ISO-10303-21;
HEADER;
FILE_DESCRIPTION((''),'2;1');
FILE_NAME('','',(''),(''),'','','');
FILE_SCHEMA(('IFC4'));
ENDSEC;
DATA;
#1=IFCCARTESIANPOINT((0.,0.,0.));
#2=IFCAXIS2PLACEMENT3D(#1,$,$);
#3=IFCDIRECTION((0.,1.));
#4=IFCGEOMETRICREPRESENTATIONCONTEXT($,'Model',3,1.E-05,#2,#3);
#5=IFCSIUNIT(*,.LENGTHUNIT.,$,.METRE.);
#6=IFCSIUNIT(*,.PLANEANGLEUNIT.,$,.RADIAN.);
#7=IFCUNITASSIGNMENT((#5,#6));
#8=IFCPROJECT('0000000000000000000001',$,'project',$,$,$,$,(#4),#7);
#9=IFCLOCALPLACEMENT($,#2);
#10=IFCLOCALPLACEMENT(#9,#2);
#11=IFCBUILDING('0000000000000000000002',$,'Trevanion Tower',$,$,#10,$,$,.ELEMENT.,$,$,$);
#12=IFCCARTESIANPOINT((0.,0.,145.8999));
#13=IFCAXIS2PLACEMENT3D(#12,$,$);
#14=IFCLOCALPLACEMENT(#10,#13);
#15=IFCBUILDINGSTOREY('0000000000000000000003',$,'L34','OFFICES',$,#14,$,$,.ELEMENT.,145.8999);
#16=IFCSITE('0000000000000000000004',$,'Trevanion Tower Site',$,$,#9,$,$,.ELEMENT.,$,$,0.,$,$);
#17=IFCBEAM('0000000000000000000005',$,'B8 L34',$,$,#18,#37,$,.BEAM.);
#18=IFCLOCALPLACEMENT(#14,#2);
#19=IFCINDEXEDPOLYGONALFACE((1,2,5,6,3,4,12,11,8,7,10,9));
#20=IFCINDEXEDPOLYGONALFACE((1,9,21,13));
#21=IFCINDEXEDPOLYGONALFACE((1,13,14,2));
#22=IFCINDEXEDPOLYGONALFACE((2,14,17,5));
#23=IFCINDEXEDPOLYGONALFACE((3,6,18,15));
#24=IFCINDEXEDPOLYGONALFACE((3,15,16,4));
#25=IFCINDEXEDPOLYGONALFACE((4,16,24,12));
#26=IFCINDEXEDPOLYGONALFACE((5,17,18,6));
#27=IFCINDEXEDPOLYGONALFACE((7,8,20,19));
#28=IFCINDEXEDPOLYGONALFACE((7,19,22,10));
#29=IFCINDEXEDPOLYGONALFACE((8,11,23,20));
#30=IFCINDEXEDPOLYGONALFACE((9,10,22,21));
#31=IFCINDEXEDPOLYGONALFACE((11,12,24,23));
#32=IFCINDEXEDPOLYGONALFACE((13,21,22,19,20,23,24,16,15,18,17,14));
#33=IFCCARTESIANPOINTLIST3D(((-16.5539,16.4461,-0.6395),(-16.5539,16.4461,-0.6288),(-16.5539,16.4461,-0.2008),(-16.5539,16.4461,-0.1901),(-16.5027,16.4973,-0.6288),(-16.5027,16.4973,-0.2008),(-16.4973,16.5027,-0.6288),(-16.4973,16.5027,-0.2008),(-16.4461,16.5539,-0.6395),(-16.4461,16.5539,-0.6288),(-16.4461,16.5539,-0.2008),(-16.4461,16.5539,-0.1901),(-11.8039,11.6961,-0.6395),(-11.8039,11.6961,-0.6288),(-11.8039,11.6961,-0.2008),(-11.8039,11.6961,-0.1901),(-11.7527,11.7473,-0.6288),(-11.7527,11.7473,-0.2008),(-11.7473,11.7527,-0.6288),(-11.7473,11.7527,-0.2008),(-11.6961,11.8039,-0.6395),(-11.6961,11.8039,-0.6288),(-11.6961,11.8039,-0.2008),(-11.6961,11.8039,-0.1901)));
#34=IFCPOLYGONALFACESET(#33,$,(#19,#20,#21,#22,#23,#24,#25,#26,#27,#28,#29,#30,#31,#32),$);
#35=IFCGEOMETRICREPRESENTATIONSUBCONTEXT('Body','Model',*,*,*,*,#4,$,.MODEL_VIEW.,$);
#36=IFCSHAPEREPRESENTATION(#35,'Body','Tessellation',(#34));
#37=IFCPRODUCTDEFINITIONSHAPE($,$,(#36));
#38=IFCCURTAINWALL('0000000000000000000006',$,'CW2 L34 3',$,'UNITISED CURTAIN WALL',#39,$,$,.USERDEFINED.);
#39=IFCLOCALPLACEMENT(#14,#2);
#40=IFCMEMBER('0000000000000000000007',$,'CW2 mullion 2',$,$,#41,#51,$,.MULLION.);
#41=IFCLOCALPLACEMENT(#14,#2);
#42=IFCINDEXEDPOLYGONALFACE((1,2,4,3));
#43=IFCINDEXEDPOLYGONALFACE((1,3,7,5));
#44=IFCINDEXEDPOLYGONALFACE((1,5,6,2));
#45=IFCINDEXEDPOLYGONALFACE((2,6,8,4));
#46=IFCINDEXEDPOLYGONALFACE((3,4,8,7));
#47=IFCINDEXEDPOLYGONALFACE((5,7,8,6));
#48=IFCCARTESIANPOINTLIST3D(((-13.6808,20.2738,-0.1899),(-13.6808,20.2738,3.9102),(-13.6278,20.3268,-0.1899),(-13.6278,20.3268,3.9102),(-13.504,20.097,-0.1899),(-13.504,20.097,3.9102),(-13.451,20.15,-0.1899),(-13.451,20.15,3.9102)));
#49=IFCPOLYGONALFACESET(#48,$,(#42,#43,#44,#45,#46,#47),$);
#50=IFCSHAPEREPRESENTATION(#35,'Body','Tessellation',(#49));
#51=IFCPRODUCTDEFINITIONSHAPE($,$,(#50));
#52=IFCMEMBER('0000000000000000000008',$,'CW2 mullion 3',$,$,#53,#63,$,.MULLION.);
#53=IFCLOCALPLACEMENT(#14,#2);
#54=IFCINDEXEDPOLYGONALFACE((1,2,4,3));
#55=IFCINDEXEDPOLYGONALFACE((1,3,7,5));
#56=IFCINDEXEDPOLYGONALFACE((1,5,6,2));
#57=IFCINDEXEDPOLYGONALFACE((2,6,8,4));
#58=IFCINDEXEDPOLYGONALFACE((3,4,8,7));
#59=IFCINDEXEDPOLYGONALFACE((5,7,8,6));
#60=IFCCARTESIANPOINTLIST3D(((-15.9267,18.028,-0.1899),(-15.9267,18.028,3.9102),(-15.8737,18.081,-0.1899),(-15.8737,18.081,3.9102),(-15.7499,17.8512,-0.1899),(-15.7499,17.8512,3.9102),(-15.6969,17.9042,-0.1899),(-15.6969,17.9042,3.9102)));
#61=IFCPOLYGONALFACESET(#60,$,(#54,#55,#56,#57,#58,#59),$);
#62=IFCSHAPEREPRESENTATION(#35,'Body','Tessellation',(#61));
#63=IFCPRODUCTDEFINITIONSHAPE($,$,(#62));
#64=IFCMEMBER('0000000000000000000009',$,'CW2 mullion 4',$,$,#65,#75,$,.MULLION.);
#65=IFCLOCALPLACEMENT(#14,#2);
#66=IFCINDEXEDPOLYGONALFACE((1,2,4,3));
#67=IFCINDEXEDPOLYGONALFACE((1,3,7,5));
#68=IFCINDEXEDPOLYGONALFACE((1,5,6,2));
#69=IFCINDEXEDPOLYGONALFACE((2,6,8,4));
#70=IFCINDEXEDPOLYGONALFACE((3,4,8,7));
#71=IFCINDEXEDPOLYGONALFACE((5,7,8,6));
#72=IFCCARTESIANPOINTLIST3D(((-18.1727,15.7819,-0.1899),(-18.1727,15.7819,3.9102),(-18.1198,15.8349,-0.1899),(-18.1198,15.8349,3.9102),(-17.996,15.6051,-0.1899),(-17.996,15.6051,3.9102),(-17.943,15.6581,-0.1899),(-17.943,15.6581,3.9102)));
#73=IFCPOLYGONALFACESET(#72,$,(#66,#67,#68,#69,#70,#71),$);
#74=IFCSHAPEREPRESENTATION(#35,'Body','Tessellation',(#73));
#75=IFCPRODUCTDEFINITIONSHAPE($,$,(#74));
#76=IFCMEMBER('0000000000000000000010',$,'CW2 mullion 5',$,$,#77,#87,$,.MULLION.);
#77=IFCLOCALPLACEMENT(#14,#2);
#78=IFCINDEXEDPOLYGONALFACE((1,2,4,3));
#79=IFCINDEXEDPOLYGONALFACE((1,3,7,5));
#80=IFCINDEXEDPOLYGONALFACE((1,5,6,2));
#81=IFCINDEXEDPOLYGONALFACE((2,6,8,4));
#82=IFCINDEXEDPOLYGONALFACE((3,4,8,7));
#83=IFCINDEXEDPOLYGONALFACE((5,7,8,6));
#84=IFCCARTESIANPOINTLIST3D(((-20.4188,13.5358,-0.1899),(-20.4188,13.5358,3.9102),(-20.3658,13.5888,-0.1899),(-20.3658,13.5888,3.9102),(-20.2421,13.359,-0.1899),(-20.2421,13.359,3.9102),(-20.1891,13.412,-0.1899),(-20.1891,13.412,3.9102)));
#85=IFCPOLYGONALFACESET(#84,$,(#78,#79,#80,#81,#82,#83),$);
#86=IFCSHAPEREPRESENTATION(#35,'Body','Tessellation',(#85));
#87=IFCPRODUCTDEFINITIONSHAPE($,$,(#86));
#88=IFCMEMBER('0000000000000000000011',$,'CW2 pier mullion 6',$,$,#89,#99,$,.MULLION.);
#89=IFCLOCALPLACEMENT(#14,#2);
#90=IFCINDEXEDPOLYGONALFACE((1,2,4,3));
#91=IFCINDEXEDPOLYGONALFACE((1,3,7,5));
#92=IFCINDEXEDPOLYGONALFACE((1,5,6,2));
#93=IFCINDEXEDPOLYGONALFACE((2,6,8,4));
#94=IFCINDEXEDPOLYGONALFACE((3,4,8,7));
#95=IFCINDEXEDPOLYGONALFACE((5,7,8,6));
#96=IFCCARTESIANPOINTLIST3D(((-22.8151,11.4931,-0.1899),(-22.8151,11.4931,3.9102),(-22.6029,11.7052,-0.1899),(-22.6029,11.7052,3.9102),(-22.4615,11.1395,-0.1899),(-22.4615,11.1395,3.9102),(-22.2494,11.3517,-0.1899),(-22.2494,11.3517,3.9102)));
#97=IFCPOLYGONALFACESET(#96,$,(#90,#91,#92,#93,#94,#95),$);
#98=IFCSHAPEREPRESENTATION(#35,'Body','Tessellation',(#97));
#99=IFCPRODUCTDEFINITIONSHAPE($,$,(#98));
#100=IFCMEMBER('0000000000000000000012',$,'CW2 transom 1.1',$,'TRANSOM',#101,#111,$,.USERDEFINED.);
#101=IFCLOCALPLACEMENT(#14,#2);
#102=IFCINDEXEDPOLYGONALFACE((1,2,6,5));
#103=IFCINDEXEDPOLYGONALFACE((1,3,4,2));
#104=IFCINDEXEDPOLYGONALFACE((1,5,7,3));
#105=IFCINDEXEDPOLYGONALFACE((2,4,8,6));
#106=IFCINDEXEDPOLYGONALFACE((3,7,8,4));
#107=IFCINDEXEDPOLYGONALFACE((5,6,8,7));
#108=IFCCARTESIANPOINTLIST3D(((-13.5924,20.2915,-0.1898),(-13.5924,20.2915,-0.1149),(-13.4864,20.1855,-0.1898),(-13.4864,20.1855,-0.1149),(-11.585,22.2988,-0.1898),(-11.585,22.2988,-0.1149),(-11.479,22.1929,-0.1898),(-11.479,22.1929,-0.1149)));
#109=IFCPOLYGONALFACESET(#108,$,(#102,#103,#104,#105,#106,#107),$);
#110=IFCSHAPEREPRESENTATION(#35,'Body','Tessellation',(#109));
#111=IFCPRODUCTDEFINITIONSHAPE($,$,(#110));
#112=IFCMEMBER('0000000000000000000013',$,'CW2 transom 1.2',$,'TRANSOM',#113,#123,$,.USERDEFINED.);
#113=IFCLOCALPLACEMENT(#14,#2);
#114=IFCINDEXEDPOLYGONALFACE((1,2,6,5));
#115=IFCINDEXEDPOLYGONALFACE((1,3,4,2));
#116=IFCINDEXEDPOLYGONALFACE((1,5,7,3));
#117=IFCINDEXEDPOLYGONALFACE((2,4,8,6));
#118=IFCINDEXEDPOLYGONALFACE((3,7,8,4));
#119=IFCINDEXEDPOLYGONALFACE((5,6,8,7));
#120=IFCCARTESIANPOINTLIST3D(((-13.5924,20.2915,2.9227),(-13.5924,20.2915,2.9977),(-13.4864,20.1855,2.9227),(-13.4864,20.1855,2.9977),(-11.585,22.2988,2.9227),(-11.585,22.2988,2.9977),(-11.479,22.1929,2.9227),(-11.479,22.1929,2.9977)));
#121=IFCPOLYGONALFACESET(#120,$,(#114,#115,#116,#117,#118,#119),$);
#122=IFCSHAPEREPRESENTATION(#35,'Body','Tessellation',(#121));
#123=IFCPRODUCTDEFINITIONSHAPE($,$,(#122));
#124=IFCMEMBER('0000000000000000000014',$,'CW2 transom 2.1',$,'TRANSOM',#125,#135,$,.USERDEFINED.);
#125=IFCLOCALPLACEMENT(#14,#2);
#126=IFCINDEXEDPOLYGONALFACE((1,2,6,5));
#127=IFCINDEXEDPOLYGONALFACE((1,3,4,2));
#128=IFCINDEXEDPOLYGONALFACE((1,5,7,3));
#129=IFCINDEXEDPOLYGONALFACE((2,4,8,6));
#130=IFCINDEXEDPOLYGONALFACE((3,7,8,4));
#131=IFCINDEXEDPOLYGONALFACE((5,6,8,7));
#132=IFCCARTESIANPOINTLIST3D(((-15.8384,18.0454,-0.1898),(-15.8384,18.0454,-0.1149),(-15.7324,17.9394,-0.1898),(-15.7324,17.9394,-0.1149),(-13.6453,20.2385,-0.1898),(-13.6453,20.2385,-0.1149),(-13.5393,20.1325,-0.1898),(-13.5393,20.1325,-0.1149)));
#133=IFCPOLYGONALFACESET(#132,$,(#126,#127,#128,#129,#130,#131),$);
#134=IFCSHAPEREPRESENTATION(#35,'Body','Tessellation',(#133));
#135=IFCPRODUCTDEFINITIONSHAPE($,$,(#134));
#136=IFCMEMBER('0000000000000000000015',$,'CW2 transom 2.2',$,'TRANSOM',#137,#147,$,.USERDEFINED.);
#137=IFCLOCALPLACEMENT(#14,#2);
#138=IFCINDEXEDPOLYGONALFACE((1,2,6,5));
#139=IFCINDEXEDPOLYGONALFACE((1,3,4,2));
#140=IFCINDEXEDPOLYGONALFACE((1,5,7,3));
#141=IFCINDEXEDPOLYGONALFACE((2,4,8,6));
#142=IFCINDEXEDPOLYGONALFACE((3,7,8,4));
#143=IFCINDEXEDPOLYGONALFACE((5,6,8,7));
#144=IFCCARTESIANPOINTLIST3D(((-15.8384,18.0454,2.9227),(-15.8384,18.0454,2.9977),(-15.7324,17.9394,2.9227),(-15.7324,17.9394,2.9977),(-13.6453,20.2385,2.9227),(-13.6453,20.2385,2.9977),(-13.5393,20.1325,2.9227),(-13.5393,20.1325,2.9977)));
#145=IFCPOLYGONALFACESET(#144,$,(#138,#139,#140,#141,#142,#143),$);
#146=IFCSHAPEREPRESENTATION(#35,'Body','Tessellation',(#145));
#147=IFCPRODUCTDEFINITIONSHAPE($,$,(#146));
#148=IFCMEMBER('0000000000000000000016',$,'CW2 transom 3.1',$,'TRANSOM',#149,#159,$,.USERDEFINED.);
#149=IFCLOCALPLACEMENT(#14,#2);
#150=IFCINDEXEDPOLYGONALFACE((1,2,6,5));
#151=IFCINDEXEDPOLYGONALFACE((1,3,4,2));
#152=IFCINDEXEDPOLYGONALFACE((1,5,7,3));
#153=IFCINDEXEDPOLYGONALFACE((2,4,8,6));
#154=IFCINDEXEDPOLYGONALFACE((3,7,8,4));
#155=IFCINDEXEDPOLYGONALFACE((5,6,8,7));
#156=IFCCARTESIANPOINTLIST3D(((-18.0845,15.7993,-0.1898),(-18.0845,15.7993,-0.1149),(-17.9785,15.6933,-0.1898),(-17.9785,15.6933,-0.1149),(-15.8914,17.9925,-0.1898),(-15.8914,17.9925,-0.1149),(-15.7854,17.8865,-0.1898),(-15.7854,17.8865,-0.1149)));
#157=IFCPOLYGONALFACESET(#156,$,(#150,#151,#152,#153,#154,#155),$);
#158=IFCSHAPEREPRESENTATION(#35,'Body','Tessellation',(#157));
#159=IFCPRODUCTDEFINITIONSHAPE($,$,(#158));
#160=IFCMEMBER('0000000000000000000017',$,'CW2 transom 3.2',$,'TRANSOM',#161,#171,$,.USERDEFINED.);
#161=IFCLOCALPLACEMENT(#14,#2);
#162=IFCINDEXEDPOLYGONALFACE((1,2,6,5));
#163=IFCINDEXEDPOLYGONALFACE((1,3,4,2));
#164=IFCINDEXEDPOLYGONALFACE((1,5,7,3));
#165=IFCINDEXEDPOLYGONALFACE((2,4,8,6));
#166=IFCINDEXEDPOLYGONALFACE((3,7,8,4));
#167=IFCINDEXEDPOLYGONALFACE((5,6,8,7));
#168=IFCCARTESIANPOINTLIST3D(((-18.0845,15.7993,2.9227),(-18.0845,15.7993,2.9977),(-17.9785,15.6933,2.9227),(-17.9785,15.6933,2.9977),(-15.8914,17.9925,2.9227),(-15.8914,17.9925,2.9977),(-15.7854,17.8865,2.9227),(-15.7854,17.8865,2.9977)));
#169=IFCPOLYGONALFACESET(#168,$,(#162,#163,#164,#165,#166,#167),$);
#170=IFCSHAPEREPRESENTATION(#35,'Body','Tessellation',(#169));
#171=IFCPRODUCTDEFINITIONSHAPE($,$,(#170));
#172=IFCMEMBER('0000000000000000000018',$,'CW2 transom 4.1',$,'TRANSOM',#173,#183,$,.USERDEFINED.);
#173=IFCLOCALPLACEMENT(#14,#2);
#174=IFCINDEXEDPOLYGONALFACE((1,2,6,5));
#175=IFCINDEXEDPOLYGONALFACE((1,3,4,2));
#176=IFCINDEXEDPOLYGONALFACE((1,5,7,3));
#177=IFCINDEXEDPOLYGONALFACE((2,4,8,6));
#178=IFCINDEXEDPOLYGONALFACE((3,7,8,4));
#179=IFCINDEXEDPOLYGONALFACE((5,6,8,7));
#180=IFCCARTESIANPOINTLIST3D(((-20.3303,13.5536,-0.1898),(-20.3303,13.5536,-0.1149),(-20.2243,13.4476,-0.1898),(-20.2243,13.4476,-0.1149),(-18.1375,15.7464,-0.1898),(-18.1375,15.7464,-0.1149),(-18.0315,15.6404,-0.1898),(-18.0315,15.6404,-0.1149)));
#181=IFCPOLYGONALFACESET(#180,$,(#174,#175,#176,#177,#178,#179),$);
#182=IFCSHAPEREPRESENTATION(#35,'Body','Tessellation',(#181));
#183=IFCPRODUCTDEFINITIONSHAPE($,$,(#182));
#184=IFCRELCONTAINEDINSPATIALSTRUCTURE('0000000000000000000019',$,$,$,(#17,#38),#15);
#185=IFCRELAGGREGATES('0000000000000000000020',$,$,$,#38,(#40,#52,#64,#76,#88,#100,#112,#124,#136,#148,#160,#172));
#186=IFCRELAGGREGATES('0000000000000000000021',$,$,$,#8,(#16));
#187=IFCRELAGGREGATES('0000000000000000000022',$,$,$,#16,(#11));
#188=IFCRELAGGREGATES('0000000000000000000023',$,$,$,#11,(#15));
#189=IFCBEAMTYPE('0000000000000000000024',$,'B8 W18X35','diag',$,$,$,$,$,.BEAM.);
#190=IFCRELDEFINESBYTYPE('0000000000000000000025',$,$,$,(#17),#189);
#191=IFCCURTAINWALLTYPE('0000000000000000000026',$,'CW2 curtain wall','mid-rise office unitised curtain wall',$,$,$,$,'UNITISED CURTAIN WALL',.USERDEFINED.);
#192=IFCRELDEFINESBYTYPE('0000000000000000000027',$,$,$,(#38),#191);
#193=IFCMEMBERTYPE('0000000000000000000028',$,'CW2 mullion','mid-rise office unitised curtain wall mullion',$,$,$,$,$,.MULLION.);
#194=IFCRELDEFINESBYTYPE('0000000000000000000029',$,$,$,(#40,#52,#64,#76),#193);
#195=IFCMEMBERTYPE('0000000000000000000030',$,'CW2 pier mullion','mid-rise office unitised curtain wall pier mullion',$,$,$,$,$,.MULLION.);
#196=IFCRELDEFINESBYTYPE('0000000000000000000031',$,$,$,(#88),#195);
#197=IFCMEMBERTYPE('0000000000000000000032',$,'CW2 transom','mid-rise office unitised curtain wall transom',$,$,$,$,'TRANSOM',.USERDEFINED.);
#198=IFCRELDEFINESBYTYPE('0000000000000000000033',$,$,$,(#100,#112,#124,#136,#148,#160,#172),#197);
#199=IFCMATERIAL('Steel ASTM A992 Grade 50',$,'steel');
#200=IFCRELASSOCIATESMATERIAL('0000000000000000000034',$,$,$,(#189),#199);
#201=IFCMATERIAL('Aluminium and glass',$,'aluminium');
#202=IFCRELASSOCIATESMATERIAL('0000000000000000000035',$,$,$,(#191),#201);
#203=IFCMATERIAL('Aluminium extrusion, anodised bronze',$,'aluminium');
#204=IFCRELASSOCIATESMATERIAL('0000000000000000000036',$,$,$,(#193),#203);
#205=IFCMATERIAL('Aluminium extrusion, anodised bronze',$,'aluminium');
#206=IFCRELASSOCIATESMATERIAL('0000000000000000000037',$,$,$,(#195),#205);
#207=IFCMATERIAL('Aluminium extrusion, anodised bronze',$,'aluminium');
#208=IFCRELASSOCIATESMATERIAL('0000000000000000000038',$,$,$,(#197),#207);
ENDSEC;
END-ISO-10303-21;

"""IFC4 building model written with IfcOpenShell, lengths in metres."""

from ifc_helpers import new_model, si_unit, direction, frame, origin, origin_2d, place, context, subcontext, project, spatial, rectangle, i_section, extrude, material, material_profile, profile_set, type_object, element, aggregate, save


model = new_model("IFC4")

# Units and contexts
model_context = context("Model", 3, precision=1e-05, world=origin(), true_north=direction((0.0, 1.0)))
body_context = subcontext(model_context, "Body", "Model", "MODEL_VIEW")
ifc_project = project(units=[si_unit("LENGTHUNIT", "METRE"), si_unit("PLANEANGLEUNIT", "RADIAN")], contexts=[model_context])

# Site, building, storey
site_placement = place(None, origin())
site = spatial("IfcSite", under=ifc_project, at=site_placement, Name="Trevanion Tower Site", CompositionType="ELEMENT", RefElevation=0.0)
building_placement = place(site_placement, origin())
building = spatial("IfcBuilding", under=site, at=building_placement, Name="Trevanion Tower", CompositionType="ELEMENT")
storey_placement = place(building_placement, frame((0.0, 0.0, 145.8999)))
storey = spatial("IfcBuildingStorey", under=building, at=storey_placement, Name="L34", Description="OFFICES", CompositionType="ELEMENT", Elevation=145.8999)

# Beam
ifc_material_1 = material(Name="Steel ASTM A992 Grade 50", Category="steel")
ifc_material_profile_1 = material_profile(ifc_material_1, i_section(OverallWidth=0.1523, OverallDepth=0.4495, WebThickness=0.0076, FlangeThickness=0.0107, at=origin_2d()), Name="W18X35")
ifc_profile_set_1 = profile_set([ifc_material_profile_1], Name="Steel ASTM A992 Grade 50")
beam_type_1 = type_object("IfcBeamType", Name="B8 W18X35", Description="diag", PredefinedType="BEAM", material=ifc_profile_set_1)
beam_1_placement = place(storey_placement, frame((-11.75, 11.75, -0.4148), z_axis=(-0.707107, 0.707107, 0.0), x_axis=(-0.707107, -0.707107, 0.0)))
element("IfcBeam", 1, at=beam_1_placement, inside=storey, type_object=beam_type_1, Name="B8 L34", PredefinedType="BEAM", context=body_context, shape_type="SweptSolid", body=[
    extrude(i_section(OverallWidth=0.1523, OverallDepth=0.4495, WebThickness=0.0076, FlangeThickness=0.0107, at=origin_2d()), origin(), (0.0, 0.0, 1.0), 6.7175),
])

# Curtain wall, members
ifc_material_2 = material(Name="Aluminium and glass", Category="aluminium")
curtain_wall_type = type_object("IfcCurtainWallType", Name="CW2 curtain wall", Description="mid-rise office unitised curtain wall", ElementType="UNITISED CURTAIN WALL", PredefinedType="USERDEFINED", material=ifc_material_2)
curtain_wall_placement = place(storey_placement, origin())
curtain_wall = element("IfcCurtainWall", 2, at=curtain_wall_placement, inside=storey, type_object=curtain_wall_type, Name="CW2 L34 3", ObjectType="UNITISED CURTAIN WALL", PredefinedType="USERDEFINED")
ifc_material_3 = material(Name="Aluminium extrusion, anodised bronze", Category="aluminium")
ifc_material_profile_2 = material_profile(ifc_material_3, rectangle(XDim=0.075, YDim=0.25, at=origin_2d()), Name="CW2 mullion")
ifc_profile_set_2 = profile_set([ifc_material_profile_2], Name="Aluminium extrusion, anodised bronze")
member_type_1 = type_object("IfcMemberType", Name="CW2 mullion", Description="mid-rise office unitised curtain wall mullion", PredefinedType="MULLION", material=ifc_profile_set_2)
member_1_placement = place(storey_placement, frame((-13.5659, 20.2119, -0.1899), z_axis=(0.0, 0.0, 1.0), x_axis=(-0.707107, -0.707107, 0.0)))
member_1 = element("IfcMember", 3, at=member_1_placement, type_object=member_type_1, Name="CW2 mullion 2", PredefinedType="MULLION", context=body_context, shape_type="SweptSolid", body=[
    extrude(rectangle(XDim=0.075, YDim=0.25, at=origin_2d()), origin(), (0.0, 0.0, 1.0), 4.1001),
])
member_2_placement = place(storey_placement, frame((-15.8118, 17.9661, -0.1899), z_axis=(0.0, 0.0, 1.0), x_axis=(-0.707107, -0.707107, 0.0)))
member_2 = element("IfcMember", 4, at=member_2_placement, type_object=member_type_1, Name="CW2 mullion 3", PredefinedType="MULLION", context=body_context, shape_type="SweptSolid", body=[
    extrude(rectangle(XDim=0.075, YDim=0.25, at=origin_2d()), origin(), (0.0, 0.0, 1.0), 4.1001),
])
member_3_placement = place(storey_placement, frame((-18.0579, 15.72, -0.1899), z_axis=(0.0, 0.0, 1.0), x_axis=(-0.707107, -0.707107, 0.0)))
member_3 = element("IfcMember", 5, at=member_3_placement, type_object=member_type_1, Name="CW2 mullion 4", PredefinedType="MULLION", context=body_context, shape_type="SweptSolid", body=[
    extrude(rectangle(XDim=0.075, YDim=0.25, at=origin_2d()), origin(), (0.0, 0.0, 1.0), 4.1001),
])
member_4_placement = place(storey_placement, frame((-20.304, 13.4739, -0.1899), z_axis=(0.0, 0.0, 1.0), x_axis=(-0.707107, -0.707107, 0.0)))
member_4 = element("IfcMember", 6, at=member_4_placement, type_object=member_type_1, Name="CW2 mullion 5", PredefinedType="MULLION", context=body_context, shape_type="SweptSolid", body=[
    extrude(rectangle(XDim=0.075, YDim=0.25, at=origin_2d()), origin(), (0.0, 0.0, 1.0), 4.1001),
])
ifc_material_4 = material(Name="Aluminium extrusion, anodised bronze", Category="aluminium")
ifc_material_profile_3 = material_profile(ifc_material_4, rectangle(XDim=0.3, YDim=0.5, at=origin_2d()), Name="CW2 pier mullion")
ifc_profile_set_3 = profile_set([ifc_material_profile_3], Name="Aluminium extrusion, anodised bronze")
member_type_2 = type_object("IfcMemberType", Name="CW2 pier mullion", Description="mid-rise office unitised curtain wall pier mullion", PredefinedType="MULLION", material=ifc_profile_set_3)
member_5_placement = place(storey_placement, frame((-22.5322, 11.4224, -0.1899), z_axis=(0.0, 0.0, 1.0), x_axis=(-0.707107, -0.707107, 0.0)))
member_5 = element("IfcMember", 7, at=member_5_placement, type_object=member_type_2, Name="CW2 pier mullion 6", PredefinedType="MULLION", context=body_context, shape_type="SweptSolid", body=[
    extrude(rectangle(XDim=0.3, YDim=0.5, at=origin_2d()), origin(), (0.0, 0.0, 1.0), 4.1001),
])
ifc_material_5 = material(Name="Aluminium extrusion, anodised bronze", Category="aluminium")
ifc_material_profile_4 = material_profile(ifc_material_5, rectangle(XDim=0.1499, YDim=0.075, at=origin_2d()), Name="CW2 transom")
ifc_profile_set_4 = profile_set([ifc_material_profile_4], Name="Aluminium extrusion, anodised bronze")
member_type_3 = type_object("IfcMemberType", Name="CW2 transom", Description="mid-rise office unitised curtain wall transom", ElementType="TRANSOM", PredefinedType="USERDEFINED", material=ifc_profile_set_4)
member_6_placement = place(storey_placement, frame((-11.532, 22.2458, -0.1523), z_axis=(-0.707107, -0.707107, 0.0), x_axis=(0.707107, -0.707107, 0.0)))
member_6 = element("IfcMember", 8, at=member_6_placement, type_object=member_type_3, Name="CW2 transom 1.1", ObjectType="TRANSOM", PredefinedType="USERDEFINED", context=body_context, shape_type="SweptSolid", body=[
    extrude(rectangle(XDim=0.1499, YDim=0.075, at=origin_2d()), origin(), (0.0, 0.0, 1.0), 2.8389),
])
member_7_placement = place(storey_placement, frame((-11.532, 22.2458, 2.9602), z_axis=(-0.707107, -0.707107, 0.0), x_axis=(0.707107, -0.707107, 0.0)))
member_7 = element("IfcMember", 9, at=member_7_placement, type_object=member_type_3, Name="CW2 transom 1.2", ObjectType="TRANSOM", PredefinedType="USERDEFINED", context=body_context, shape_type="SweptSolid", body=[
    extrude(rectangle(XDim=0.1499, YDim=0.075, at=origin_2d()), origin(), (0.0, 0.0, 1.0), 2.8389),
])
member_8_placement = place(storey_placement, frame((-13.5923, 20.1855, -0.1523), z_axis=(-0.707107, -0.707107, 0.0), x_axis=(0.707107, -0.707107, 0.0)))
member_8 = element("IfcMember", 10, at=member_8_placement, type_object=member_type_3, Name="CW2 transom 2.1", ObjectType="TRANSOM", PredefinedType="USERDEFINED", context=body_context, shape_type="SweptSolid", body=[
    extrude(rectangle(XDim=0.1499, YDim=0.075, at=origin_2d()), origin(), (0.0, 0.0, 1.0), 3.1016),
])
member_9_placement = place(storey_placement, frame((-13.5923, 20.1855, 2.9602), z_axis=(-0.707107, -0.707107, 0.0), x_axis=(0.707107, -0.707107, 0.0)))
member_9 = element("IfcMember", 11, at=member_9_placement, type_object=member_type_3, Name="CW2 transom 2.2", ObjectType="TRANSOM", PredefinedType="USERDEFINED", context=body_context, shape_type="SweptSolid", body=[
    extrude(rectangle(XDim=0.1499, YDim=0.075, at=origin_2d()), origin(), (0.0, 0.0, 1.0), 3.1016),
])
member_10_placement = place(storey_placement, frame((-15.8384, 17.9395, -0.1523), z_axis=(-0.707107, -0.707107, 0.0), x_axis=(0.707107, -0.707107, 0.0)))
member_10 = element("IfcMember", 12, at=member_10_placement, type_object=member_type_3, Name="CW2 transom 3.1", ObjectType="TRANSOM", PredefinedType="USERDEFINED", context=body_context, shape_type="SweptSolid", body=[
    extrude(rectangle(XDim=0.1499, YDim=0.075, at=origin_2d()), origin(), (0.0, 0.0, 1.0), 3.1016),
])
member_11_placement = place(storey_placement, frame((-15.8384, 17.9395, 2.9602), z_axis=(-0.707107, -0.707107, 0.0), x_axis=(0.707107, -0.707107, 0.0)))
member_11 = element("IfcMember", 13, at=member_11_placement, type_object=member_type_3, Name="CW2 transom 3.2", ObjectType="TRANSOM", PredefinedType="USERDEFINED", context=body_context, shape_type="SweptSolid", body=[
    extrude(rectangle(XDim=0.1499, YDim=0.075, at=origin_2d()), origin(), (0.0, 0.0, 1.0), 3.1016),
])
member_12_placement = place(storey_placement, frame((-18.0845, 15.6934, -0.1523), z_axis=(-0.707107, -0.707107, 0.0), x_axis=(0.707107, -0.707107, 0.0)))
member_12 = element("IfcMember", 14, at=member_12_placement, type_object=member_type_3, Name="CW2 transom 4.1", ObjectType="TRANSOM", PredefinedType="USERDEFINED", context=body_context, shape_type="SweptSolid", body=[
    extrude(rectangle(XDim=0.1499, YDim=0.075, at=origin_2d()), origin(), (0.0, 0.0, 1.0), 3.1011),
])

aggregate(curtain_wall, [member_1, member_2, member_3, member_4, member_5, member_6, member_7, member_8, member_9, member_10, member_11, member_12])

save(model, "model.ifc")
